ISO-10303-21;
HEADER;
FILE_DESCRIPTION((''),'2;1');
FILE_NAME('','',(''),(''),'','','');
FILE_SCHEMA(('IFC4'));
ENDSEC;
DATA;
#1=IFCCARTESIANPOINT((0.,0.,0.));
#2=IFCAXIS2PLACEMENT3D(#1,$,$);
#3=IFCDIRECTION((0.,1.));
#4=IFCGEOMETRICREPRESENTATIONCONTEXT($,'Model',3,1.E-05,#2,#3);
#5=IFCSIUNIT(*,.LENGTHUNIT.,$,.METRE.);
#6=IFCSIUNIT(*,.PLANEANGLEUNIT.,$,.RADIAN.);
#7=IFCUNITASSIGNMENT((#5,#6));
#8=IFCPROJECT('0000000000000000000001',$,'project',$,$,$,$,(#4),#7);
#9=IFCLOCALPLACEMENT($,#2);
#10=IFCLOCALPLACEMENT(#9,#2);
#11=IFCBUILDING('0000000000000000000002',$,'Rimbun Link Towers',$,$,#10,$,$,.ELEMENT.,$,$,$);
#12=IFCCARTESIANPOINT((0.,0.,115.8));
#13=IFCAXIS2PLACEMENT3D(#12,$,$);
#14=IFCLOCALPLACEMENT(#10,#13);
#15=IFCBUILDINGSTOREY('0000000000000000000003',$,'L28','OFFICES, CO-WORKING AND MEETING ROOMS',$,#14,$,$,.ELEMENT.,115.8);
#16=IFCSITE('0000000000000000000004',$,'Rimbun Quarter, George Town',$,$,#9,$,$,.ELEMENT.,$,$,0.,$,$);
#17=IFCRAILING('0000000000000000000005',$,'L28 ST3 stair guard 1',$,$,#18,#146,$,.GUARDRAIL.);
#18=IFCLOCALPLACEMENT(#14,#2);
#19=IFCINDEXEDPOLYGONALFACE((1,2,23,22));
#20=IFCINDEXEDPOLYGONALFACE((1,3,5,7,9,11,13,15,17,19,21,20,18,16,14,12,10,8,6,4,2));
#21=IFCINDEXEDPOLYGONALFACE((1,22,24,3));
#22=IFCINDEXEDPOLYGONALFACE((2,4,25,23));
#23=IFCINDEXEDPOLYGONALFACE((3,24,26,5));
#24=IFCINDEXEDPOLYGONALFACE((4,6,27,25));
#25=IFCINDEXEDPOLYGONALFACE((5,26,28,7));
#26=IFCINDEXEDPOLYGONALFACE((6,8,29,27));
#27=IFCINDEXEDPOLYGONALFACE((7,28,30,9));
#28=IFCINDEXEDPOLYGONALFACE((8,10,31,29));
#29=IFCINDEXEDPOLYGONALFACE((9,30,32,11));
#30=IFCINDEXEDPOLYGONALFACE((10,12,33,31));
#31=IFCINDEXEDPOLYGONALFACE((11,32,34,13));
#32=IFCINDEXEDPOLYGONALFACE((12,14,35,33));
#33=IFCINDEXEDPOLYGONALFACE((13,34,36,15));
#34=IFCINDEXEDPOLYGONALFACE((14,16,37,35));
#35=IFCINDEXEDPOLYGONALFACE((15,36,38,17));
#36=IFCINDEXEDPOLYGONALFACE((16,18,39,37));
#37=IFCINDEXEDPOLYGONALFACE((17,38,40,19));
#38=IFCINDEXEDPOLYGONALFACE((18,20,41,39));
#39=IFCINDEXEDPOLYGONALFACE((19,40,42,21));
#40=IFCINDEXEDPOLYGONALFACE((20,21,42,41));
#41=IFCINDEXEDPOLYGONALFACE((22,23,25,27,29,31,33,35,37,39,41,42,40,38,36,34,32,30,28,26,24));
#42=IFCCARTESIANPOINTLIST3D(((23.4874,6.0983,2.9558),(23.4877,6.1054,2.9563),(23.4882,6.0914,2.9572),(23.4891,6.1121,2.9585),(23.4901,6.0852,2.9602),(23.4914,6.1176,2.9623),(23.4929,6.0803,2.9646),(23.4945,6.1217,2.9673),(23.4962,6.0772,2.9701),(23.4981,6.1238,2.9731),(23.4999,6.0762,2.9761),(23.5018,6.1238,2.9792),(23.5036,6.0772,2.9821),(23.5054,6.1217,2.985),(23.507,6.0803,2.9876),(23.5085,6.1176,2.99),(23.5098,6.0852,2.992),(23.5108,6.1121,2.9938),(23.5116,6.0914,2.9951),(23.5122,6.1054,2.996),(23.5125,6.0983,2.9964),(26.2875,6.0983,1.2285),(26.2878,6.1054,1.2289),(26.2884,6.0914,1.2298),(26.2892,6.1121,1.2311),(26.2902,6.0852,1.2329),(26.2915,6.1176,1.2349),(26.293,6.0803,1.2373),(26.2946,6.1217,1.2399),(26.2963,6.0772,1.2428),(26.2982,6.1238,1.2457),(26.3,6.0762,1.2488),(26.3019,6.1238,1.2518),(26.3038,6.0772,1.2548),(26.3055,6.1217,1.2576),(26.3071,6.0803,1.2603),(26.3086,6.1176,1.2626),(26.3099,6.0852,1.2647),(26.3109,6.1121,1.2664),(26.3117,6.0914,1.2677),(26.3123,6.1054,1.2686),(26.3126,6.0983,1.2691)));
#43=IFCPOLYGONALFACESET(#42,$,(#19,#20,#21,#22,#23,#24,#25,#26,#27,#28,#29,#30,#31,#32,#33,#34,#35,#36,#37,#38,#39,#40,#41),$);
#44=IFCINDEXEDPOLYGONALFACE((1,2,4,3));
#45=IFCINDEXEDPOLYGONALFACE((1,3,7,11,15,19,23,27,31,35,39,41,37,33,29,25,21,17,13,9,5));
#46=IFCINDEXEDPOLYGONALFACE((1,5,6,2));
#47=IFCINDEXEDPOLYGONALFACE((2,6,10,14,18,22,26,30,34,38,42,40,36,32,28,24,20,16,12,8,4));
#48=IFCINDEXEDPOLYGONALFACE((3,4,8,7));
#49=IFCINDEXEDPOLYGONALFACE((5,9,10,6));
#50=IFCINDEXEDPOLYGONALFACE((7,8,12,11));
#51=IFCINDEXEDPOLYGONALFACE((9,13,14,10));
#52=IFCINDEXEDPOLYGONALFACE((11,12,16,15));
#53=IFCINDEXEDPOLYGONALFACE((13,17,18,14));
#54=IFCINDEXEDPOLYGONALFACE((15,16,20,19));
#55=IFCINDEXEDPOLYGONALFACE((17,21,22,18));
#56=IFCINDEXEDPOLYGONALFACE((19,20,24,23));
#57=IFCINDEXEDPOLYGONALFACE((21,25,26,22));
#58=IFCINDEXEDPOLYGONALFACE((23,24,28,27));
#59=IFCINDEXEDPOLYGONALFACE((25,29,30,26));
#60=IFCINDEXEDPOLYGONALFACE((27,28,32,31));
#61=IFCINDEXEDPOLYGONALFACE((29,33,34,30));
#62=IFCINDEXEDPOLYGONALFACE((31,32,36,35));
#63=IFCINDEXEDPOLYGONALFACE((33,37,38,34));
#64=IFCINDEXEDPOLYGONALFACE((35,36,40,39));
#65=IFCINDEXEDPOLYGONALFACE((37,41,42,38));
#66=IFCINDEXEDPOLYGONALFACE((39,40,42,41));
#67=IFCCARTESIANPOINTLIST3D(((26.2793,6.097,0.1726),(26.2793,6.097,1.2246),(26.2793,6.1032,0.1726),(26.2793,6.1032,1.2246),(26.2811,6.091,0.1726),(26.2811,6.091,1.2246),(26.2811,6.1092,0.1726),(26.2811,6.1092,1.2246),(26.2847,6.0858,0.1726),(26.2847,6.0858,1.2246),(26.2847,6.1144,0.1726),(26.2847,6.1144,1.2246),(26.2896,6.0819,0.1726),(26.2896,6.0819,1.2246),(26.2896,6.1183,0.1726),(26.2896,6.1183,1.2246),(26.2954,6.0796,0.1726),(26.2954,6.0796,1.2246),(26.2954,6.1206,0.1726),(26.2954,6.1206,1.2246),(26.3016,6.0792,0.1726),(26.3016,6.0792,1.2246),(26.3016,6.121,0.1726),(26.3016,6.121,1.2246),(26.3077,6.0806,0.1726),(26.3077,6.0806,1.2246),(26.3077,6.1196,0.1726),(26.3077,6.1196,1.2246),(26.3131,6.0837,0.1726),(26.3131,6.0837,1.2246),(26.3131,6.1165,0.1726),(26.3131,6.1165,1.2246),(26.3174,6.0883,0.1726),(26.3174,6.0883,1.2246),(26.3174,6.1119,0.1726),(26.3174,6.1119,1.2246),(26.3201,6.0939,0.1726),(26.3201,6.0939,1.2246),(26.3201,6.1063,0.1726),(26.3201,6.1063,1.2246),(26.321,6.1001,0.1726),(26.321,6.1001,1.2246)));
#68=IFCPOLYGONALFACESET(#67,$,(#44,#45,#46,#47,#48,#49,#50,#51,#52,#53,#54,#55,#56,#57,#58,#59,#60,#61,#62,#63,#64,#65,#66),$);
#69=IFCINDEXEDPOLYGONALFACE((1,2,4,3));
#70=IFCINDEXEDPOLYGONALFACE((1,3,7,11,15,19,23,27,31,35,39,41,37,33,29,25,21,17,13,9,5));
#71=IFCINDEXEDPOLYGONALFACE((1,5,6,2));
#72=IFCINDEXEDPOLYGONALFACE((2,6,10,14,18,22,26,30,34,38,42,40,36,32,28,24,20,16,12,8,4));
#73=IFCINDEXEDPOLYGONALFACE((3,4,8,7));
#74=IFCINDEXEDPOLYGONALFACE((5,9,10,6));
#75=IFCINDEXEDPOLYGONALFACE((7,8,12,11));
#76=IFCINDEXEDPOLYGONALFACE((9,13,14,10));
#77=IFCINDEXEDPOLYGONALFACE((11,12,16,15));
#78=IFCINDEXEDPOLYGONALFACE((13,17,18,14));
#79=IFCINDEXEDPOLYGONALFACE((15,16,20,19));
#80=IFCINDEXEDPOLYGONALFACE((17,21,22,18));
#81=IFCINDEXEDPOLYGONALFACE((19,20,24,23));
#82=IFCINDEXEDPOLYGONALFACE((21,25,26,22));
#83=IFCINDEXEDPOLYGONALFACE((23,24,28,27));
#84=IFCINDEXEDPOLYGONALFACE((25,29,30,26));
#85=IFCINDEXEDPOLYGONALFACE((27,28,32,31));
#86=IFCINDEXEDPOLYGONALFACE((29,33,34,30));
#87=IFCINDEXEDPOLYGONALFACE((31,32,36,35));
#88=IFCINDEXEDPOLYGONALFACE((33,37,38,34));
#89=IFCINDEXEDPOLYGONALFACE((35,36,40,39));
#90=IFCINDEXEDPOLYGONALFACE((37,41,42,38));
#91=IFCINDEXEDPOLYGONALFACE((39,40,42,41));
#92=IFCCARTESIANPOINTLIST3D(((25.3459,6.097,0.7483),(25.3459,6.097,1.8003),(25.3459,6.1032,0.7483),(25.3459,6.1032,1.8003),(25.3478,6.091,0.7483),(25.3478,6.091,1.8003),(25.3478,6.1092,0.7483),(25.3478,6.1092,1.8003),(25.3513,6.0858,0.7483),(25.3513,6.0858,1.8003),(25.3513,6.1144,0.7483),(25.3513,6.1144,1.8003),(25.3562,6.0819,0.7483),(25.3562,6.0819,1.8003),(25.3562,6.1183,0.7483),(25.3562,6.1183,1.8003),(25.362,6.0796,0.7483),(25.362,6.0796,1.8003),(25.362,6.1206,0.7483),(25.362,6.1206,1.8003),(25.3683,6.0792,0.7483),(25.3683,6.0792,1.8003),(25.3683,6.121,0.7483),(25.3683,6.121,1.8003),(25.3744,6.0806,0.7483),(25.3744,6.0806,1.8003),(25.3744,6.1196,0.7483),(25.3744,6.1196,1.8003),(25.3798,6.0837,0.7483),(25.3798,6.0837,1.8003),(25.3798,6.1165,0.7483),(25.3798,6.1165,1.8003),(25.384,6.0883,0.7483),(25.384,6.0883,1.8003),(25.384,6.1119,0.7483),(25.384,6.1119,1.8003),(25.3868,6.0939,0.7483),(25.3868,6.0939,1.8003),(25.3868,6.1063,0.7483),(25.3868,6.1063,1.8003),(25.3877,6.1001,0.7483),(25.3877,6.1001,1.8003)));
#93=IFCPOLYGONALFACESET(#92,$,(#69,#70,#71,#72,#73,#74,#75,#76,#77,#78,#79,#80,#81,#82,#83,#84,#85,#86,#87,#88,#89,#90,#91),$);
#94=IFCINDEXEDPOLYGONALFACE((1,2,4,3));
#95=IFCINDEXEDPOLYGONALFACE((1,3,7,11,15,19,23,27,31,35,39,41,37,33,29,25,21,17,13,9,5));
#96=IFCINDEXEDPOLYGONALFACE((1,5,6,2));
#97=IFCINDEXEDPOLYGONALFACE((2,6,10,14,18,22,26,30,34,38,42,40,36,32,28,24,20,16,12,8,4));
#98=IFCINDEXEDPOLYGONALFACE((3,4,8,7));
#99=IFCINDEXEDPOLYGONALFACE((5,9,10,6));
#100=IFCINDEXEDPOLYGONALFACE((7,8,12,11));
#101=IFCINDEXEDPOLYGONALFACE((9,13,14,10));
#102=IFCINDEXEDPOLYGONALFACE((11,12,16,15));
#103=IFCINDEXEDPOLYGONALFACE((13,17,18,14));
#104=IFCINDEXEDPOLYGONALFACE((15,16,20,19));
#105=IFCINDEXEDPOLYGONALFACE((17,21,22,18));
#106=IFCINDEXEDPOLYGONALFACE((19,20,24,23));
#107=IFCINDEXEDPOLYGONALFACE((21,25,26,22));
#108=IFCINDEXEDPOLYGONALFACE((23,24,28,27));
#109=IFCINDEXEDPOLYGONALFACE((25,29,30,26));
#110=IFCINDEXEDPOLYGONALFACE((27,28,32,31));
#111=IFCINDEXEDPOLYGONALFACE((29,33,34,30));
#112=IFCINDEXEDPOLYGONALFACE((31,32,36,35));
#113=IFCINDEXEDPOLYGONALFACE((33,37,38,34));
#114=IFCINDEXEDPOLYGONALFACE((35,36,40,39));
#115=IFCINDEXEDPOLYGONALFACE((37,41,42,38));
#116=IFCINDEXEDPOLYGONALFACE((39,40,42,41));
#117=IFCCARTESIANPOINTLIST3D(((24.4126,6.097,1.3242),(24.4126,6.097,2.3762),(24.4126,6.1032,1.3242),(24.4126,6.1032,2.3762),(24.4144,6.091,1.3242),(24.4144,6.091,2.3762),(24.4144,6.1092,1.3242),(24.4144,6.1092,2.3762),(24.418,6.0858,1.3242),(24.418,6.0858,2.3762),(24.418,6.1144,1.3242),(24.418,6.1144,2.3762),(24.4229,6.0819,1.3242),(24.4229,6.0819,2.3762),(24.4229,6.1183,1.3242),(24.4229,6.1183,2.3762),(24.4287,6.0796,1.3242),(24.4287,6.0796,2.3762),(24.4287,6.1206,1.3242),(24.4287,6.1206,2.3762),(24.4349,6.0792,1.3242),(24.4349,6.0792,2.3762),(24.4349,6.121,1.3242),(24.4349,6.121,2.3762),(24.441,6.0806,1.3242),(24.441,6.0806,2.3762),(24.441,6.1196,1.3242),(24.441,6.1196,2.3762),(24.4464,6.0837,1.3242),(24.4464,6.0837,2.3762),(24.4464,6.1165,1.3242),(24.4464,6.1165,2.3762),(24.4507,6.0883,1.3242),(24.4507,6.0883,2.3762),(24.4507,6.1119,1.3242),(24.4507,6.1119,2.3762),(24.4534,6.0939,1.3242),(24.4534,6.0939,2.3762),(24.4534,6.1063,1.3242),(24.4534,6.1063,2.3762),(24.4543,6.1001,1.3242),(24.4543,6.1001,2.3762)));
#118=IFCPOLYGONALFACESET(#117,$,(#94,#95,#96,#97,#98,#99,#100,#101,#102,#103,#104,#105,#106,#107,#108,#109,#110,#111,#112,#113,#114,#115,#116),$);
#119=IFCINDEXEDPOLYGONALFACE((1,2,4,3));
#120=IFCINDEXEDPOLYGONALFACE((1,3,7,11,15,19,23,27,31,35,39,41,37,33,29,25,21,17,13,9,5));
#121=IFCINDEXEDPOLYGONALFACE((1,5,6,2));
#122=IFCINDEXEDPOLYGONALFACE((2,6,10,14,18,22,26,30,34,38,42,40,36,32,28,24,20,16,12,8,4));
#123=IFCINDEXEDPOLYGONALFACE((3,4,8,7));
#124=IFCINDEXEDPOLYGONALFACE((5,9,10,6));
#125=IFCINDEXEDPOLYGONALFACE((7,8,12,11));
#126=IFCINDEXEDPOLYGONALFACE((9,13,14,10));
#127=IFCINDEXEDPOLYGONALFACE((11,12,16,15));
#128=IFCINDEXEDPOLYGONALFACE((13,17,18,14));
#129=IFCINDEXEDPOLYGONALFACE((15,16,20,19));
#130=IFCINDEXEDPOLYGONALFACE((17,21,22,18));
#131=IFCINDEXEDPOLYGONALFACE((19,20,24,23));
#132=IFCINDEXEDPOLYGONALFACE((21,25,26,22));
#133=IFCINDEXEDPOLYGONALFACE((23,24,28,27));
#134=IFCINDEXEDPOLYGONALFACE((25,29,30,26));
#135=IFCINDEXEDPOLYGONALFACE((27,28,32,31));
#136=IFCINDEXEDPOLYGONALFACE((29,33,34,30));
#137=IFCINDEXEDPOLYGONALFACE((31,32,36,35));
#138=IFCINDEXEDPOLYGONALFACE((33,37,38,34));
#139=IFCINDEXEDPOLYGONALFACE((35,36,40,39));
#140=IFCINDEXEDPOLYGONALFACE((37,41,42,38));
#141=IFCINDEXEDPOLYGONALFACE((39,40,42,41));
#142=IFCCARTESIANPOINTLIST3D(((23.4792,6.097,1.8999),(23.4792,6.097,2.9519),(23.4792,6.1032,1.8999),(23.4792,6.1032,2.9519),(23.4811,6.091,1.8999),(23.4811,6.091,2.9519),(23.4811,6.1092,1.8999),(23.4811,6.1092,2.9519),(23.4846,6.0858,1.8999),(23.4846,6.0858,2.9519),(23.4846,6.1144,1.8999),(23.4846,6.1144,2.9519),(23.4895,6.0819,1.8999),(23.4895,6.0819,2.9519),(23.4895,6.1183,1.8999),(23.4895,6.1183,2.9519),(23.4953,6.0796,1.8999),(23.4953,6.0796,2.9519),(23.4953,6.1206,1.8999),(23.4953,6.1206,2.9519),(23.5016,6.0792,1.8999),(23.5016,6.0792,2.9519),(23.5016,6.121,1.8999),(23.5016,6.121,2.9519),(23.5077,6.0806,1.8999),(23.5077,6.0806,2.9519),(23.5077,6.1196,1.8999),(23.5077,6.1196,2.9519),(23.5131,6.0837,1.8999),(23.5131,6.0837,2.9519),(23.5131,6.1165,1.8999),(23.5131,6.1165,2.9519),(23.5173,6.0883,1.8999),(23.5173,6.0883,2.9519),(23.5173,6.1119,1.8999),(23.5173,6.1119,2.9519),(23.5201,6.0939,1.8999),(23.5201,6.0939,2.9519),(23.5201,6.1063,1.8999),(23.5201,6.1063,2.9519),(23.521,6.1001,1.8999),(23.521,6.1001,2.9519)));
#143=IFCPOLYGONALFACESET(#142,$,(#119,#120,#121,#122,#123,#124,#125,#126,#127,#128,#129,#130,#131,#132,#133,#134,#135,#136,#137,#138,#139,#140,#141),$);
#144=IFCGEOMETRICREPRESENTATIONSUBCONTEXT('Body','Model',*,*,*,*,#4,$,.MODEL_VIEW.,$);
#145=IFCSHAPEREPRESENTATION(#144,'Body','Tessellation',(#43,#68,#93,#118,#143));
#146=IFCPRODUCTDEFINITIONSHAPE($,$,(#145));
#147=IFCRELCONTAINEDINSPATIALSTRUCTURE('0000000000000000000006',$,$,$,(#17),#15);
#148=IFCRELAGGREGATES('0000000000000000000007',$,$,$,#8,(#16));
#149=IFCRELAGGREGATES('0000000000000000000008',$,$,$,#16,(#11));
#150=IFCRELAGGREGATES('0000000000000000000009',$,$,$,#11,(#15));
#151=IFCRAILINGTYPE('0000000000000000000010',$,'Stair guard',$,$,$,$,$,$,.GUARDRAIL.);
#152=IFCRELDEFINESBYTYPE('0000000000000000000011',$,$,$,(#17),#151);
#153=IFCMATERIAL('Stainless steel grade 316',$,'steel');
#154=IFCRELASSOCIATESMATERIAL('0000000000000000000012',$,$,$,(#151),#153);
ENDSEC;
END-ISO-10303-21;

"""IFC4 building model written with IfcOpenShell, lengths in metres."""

from ifc_helpers import new_model, si_unit, direction, frame, origin, origin_2d, place, context, subcontext, project, spatial, circle, extrude, material, type_object, element, save


model = new_model("IFC4")

# Units and contexts
model_context = context("Model", 3, precision=1e-05, world=origin(), true_north=direction((0.0, 1.0)))
body_context = subcontext(model_context, "Body", "Model", "MODEL_VIEW")
ifc_project = project(units=[si_unit("LENGTHUNIT", "METRE"), si_unit("PLANEANGLEUNIT", "RADIAN")], contexts=[model_context])

# Site, building, storey
site_placement = place(None, origin())
site = spatial("IfcSite", under=ifc_project, at=site_placement, Name="Rimbun Quarter, George Town", CompositionType="ELEMENT", RefElevation=0.0)
building_placement = place(site_placement, origin())
building = spatial("IfcBuilding", under=site, at=building_placement, Name="Rimbun Link Towers", CompositionType="ELEMENT")
storey_placement = place(building_placement, frame((0.0, 0.0, 115.8)))
storey = spatial("IfcBuildingStorey", under=building, at=storey_placement, Name="L28", Description="OFFICES, CO-WORKING AND MEETING ROOMS", CompositionType="ELEMENT", Elevation=115.8)

# Railing
ifc_material_1 = material(Name="Stainless steel grade 316", Category="steel")
railing_type_1 = type_object("IfcRailingType", Name="Stair guard", PredefinedType="GUARDRAIL", material=ifc_material_1)
railing_1_placement = place(storey_placement, frame((26.3, 6.1001, 0.1726)))
element("IfcRailing", 1, at=railing_1_placement, inside=storey, type_object=railing_type_1, Name="L28 ST3 stair guard 1", PredefinedType="GUARDRAIL", context=body_context, shape_type="SweptSolid", body=[
    extrude(circle(Radius=0.0239, at=origin_2d()), frame((0.0, 0.0, 1.0762), z_axis=(-0.85109, 0.0, 0.52502), x_axis=(0.0, -1.0, 0.0)), (0.0, 0.0, 1.0), 3.29),
    extrude(circle(Radius=0.021, at=origin_2d()), origin(), (0.0, 0.0, 1.0), 1.052),
    extrude(circle(Radius=0.021, at=origin_2d()), frame((-0.9333, 0.0, 0.5757)), (0.0, 0.0, 1.0), 1.052),
    extrude(circle(Radius=0.021, at=origin_2d()), frame((-1.8667, 0.0, 1.1516)), (0.0, 0.0, 1.0), 1.052),
    extrude(circle(Radius=0.021, at=origin_2d()), frame((-2.8, 0.0, 1.7273)), (0.0, 0.0, 1.0), 1.052),
])

save(model, "model.ifc")
